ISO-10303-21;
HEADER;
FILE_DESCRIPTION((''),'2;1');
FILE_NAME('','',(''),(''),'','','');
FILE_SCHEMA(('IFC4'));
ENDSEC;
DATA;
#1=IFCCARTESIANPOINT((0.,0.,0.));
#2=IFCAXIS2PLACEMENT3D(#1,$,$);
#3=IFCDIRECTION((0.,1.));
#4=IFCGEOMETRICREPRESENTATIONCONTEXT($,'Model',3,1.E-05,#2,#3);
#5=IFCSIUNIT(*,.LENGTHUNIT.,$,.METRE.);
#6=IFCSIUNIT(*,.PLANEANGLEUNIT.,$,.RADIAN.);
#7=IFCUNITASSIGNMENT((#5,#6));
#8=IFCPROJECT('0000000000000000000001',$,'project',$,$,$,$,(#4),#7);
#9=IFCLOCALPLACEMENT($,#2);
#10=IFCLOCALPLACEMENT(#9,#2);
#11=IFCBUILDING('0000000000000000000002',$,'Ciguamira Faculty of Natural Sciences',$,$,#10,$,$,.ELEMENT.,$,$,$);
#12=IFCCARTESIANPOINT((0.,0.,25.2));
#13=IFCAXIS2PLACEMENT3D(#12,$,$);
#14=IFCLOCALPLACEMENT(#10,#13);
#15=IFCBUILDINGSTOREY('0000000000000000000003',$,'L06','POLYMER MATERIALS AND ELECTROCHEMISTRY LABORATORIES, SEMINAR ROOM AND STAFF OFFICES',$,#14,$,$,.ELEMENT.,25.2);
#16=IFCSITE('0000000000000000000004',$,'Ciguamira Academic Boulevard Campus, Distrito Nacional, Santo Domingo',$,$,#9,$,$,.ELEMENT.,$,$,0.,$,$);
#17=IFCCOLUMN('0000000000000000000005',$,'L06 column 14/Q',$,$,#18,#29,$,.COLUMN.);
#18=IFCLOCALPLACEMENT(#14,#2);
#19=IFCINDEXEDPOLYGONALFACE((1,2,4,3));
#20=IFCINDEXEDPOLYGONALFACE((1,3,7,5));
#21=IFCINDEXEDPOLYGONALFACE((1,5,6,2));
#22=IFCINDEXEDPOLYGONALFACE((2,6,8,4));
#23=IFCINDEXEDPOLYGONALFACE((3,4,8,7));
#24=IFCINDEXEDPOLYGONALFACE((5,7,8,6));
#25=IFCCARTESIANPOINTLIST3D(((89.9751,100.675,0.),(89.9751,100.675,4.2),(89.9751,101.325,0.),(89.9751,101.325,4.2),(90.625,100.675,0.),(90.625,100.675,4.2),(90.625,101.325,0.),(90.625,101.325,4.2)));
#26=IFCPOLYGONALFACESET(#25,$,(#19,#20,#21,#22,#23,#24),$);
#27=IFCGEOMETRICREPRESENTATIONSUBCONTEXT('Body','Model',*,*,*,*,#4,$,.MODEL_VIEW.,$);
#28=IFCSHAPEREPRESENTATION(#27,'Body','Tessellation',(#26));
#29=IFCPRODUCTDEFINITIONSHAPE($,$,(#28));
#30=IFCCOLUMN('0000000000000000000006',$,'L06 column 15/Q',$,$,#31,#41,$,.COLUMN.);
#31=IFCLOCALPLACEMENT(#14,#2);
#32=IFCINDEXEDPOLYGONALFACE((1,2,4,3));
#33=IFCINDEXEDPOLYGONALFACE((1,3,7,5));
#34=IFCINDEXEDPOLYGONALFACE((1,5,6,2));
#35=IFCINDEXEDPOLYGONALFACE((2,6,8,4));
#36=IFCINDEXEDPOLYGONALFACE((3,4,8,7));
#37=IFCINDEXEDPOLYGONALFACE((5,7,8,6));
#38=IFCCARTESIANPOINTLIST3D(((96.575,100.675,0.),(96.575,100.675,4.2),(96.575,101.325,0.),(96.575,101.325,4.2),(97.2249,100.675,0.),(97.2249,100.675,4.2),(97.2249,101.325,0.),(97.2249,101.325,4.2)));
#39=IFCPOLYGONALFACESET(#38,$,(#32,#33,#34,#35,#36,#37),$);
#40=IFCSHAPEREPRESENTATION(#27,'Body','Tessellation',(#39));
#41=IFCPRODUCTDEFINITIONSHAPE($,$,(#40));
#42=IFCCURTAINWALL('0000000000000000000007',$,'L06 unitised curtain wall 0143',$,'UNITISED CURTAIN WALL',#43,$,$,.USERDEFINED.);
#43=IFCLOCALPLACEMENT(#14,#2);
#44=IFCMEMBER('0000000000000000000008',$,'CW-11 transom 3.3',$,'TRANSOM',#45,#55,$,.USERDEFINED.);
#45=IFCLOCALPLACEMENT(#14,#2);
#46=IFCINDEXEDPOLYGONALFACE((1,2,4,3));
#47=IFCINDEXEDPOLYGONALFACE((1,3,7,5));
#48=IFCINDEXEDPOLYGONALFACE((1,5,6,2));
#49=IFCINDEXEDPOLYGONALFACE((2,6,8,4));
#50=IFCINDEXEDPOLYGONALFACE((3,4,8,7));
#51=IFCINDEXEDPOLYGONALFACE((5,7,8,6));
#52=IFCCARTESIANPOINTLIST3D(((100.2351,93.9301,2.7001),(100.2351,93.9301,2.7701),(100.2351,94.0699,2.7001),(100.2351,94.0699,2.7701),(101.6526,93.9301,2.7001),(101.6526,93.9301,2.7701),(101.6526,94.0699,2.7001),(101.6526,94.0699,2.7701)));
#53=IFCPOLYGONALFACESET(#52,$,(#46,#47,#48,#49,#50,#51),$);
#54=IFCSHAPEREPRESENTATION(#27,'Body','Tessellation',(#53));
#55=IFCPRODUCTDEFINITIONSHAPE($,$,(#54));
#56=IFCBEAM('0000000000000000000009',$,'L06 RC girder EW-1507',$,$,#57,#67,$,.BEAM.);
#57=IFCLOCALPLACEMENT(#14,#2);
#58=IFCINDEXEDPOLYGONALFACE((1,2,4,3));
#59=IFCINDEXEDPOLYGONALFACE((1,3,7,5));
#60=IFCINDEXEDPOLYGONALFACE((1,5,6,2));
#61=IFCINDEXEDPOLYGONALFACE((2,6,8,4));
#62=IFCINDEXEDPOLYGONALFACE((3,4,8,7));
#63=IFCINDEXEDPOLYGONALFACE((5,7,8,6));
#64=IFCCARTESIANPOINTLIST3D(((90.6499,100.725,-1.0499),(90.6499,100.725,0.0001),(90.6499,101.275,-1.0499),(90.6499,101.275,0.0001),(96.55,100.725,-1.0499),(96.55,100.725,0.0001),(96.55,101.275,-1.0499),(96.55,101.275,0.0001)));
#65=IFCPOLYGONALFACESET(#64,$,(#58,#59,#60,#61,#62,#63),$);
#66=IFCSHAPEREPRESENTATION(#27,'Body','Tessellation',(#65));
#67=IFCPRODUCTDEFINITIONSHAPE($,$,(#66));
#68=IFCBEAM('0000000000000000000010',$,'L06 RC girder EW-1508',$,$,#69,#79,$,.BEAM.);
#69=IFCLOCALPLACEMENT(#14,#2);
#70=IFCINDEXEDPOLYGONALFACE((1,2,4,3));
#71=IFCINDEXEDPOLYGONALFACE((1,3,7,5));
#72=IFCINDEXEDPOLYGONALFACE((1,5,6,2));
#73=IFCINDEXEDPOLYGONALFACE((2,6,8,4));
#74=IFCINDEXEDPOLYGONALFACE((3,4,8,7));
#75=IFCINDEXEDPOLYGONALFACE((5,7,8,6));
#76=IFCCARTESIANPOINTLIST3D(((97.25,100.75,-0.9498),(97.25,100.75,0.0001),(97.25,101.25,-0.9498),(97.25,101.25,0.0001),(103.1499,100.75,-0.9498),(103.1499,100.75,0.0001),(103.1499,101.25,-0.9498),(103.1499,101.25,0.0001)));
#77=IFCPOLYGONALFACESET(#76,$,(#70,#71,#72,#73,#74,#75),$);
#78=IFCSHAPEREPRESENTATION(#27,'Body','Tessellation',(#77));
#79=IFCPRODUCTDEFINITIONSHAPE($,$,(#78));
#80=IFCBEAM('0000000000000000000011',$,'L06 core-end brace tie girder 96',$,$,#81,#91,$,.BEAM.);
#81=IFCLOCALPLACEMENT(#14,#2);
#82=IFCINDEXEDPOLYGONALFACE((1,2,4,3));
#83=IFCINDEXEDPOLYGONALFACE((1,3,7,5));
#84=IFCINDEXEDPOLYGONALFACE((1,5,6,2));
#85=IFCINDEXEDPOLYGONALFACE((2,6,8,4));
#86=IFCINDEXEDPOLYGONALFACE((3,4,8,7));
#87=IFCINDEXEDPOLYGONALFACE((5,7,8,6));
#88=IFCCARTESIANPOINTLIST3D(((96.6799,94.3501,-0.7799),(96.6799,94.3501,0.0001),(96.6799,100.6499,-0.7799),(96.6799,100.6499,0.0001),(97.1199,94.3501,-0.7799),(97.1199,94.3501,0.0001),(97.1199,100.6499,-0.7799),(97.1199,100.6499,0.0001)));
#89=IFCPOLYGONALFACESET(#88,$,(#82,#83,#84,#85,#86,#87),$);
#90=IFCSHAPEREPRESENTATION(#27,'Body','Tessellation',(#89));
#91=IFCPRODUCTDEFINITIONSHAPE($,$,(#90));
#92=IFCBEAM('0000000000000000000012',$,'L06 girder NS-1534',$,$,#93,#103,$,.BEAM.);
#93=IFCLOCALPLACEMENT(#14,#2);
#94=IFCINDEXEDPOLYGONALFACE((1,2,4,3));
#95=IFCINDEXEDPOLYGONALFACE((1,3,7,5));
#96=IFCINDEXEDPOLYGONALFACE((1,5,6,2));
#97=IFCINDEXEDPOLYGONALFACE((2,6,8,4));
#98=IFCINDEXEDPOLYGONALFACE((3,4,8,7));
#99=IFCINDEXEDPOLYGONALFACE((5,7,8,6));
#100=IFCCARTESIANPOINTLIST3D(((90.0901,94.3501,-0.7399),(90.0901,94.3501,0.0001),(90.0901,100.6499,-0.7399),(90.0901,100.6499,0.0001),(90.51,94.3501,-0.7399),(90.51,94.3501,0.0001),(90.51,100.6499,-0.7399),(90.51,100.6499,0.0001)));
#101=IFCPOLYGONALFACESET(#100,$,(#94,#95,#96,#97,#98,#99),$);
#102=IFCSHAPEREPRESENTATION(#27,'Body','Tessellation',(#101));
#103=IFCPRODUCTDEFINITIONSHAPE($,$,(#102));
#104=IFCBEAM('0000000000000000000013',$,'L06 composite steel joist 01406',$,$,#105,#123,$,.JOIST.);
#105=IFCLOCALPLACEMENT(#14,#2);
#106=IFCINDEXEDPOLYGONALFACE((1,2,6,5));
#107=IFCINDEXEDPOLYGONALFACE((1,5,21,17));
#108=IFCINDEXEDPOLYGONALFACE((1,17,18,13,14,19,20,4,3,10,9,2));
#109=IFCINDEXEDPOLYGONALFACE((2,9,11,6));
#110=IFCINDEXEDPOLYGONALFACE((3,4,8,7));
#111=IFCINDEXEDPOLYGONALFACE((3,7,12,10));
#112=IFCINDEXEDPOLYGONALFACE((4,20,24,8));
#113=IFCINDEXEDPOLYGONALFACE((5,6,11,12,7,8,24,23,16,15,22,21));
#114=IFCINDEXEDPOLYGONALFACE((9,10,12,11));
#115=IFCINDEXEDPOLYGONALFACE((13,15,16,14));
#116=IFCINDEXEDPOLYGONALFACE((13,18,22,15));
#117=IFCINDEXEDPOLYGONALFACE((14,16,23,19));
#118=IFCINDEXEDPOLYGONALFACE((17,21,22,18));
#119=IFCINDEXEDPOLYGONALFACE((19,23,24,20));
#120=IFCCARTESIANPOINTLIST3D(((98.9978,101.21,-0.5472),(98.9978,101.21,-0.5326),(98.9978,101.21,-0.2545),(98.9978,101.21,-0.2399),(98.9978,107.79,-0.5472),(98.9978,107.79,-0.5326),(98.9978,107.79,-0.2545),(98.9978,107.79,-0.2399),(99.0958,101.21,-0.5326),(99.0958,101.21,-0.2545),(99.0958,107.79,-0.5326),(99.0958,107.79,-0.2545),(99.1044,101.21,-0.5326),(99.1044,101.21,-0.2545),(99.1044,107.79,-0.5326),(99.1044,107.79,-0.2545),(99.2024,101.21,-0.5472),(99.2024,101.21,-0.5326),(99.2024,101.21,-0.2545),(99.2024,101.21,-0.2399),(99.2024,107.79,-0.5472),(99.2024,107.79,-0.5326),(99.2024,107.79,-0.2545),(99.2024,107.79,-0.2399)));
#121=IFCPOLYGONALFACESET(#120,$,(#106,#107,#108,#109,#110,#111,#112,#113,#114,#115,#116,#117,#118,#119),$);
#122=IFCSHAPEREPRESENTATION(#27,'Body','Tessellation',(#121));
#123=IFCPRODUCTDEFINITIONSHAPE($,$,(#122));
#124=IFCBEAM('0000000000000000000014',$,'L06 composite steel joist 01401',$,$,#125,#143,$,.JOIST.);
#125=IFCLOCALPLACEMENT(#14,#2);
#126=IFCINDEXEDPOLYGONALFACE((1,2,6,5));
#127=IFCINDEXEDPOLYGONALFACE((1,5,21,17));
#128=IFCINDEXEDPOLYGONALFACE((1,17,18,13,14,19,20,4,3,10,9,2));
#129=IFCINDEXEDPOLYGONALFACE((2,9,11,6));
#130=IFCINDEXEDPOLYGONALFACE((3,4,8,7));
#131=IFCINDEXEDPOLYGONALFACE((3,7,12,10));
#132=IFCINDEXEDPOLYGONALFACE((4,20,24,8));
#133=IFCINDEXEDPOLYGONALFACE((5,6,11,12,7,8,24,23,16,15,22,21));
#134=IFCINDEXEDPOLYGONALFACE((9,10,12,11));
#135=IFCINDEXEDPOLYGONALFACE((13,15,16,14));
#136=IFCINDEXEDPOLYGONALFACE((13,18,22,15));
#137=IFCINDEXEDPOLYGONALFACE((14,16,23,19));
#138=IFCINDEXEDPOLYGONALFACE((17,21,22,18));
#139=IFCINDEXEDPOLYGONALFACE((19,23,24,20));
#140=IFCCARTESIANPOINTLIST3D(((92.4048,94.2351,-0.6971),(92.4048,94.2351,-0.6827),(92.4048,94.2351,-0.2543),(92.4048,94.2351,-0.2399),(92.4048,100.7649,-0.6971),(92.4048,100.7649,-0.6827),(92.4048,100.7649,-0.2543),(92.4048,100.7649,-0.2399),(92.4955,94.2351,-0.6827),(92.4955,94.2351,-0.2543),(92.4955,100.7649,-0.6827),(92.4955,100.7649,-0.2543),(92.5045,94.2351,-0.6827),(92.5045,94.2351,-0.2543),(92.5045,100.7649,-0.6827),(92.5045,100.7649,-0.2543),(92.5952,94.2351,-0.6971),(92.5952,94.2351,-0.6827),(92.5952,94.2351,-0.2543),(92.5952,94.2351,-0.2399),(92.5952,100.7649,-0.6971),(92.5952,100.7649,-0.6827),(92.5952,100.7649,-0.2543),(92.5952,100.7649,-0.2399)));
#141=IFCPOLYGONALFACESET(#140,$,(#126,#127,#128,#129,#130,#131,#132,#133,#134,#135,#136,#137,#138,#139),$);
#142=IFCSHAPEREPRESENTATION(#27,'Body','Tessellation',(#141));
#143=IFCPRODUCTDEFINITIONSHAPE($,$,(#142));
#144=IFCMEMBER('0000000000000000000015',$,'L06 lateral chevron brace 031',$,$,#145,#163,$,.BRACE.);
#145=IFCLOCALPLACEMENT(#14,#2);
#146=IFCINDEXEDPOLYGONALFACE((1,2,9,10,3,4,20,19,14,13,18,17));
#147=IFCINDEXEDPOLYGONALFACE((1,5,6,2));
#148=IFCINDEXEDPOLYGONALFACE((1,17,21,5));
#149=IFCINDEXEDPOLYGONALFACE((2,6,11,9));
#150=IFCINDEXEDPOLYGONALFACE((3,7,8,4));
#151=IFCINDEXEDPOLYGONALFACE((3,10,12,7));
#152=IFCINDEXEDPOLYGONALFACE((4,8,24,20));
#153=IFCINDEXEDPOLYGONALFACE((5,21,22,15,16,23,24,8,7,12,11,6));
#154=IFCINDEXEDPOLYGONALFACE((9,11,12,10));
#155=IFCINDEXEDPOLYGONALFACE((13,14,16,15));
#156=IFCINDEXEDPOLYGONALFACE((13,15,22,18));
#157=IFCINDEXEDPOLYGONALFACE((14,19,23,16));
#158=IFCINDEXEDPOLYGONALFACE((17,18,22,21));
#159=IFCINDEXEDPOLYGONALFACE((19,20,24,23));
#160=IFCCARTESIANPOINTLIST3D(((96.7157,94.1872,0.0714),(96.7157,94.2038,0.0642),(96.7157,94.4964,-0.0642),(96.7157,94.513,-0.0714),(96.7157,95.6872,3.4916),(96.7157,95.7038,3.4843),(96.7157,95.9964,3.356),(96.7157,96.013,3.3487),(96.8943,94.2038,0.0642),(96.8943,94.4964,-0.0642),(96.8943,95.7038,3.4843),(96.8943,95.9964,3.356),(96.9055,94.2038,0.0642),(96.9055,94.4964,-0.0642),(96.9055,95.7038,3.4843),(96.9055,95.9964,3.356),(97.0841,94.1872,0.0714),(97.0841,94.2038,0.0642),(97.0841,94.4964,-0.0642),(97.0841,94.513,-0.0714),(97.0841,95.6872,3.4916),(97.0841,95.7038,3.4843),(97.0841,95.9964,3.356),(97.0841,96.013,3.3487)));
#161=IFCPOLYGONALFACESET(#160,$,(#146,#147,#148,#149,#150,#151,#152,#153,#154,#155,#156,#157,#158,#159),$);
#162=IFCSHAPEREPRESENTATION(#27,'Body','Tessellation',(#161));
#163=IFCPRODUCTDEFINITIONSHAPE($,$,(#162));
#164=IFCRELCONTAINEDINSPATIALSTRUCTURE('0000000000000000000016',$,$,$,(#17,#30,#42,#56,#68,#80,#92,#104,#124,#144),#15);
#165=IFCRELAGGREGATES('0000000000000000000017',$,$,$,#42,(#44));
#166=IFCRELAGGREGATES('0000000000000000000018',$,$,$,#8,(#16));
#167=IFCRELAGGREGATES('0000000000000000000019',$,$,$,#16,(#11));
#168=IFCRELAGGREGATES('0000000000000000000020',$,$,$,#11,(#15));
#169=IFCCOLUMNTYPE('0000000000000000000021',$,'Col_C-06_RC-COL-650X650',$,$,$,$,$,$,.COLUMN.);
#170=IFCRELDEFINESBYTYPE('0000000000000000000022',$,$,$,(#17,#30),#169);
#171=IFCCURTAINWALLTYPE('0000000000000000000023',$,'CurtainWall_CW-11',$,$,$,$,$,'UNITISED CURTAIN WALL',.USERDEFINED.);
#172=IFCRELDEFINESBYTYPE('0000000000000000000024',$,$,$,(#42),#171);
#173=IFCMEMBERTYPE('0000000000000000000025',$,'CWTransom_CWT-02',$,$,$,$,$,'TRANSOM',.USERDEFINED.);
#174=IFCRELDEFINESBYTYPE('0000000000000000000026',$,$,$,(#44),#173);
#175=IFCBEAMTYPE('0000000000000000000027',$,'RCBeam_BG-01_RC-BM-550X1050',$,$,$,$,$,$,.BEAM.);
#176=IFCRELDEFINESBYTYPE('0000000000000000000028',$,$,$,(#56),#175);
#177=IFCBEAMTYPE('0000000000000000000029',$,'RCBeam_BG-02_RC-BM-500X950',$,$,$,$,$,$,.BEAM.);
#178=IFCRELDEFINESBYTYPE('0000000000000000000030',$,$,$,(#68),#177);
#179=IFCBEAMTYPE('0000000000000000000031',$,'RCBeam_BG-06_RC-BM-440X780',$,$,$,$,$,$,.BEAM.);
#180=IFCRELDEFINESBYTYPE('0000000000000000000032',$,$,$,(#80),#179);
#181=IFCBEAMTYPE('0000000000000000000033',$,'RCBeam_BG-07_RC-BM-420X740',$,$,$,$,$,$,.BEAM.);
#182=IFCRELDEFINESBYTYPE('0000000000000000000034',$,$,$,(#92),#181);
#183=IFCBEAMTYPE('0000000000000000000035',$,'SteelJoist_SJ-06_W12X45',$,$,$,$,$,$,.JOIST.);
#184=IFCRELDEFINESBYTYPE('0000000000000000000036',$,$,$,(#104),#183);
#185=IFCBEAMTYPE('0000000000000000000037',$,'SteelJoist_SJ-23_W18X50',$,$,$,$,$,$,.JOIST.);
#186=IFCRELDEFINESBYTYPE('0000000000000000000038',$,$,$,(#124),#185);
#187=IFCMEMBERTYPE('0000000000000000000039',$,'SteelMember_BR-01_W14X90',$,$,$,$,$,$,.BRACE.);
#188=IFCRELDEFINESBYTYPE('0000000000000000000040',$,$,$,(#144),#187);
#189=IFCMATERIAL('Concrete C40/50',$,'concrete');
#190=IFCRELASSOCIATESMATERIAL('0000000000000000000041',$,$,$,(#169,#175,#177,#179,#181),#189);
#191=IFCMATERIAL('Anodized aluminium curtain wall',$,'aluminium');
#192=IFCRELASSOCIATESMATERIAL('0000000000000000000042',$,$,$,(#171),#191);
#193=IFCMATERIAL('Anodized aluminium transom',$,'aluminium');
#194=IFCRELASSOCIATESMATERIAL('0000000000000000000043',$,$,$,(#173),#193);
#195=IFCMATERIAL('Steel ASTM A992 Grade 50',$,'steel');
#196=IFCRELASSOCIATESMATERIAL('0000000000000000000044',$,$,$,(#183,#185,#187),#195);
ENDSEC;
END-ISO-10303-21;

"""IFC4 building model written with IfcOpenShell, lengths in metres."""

from ifc_helpers import new_model, si_unit, direction, frame, origin, origin_2d, place, context, subcontext, project, spatial, rectangle, i_section, extrude, material, material_profile, profile_set, type_object, element, aggregate, save


model = new_model("IFC4")

# Units and contexts
model_context = context("Model", 3, precision=1e-05, world=origin(), true_north=direction((0.0, 1.0)))
body_context = subcontext(model_context, "Body", "Model", "MODEL_VIEW")
ifc_project = project(units=[si_unit("LENGTHUNIT", "METRE"), si_unit("PLANEANGLEUNIT", "RADIAN")], contexts=[model_context])

# Site, building, storey
site_placement = place(None, origin())
site = spatial("IfcSite", under=ifc_project, at=site_placement, Name="Ciguamira Academic Boulevard Campus, Distrito Nacional, Santo Domingo", CompositionType="ELEMENT", RefElevation=0.0)
building_placement = place(site_placement, origin())
building = spatial("IfcBuilding", under=site, at=building_placement, Name="Ciguamira Faculty of Natural Sciences", CompositionType="ELEMENT")
storey_placement = place(building_placement, frame((0.0, 0.0, 25.2)))
storey = spatial("IfcBuildingStorey", under=building, at=storey_placement, Name="L06", Description="POLYMER MATERIALS AND ELECTROCHEMISTRY LABORATORIES, SEMINAR ROOM AND STAFF OFFICES", CompositionType="ELEMENT", Elevation=25.2)

# Columns
ifc_material_1 = material(Name="Concrete C40/50", Category="concrete")
ifc_material_profile_1 = material_profile(ifc_material_1, rectangle(XDim=0.6499, YDim=0.6499, at=origin_2d()), Name="RC-COL-650X650")
ifc_profile_set_1 = profile_set([ifc_material_profile_1], Name="Concrete C40/50")
column_type = type_object("IfcColumnType", Name="Col_C-06_RC-COL-650X650", PredefinedType="COLUMN", material=ifc_profile_set_1)
for number, where, z_axis, x_axis, name in (
    (1, (90.3, 101.0, 0.0), (0.0, 0.0, 1.0), (1.0, 0.0, 0.0), "L06 column 14/Q"),
    (2, (96.8999, 101.0, 0.0), (0.0, 0.0, 1.0), (1.0, 0.0, 0.0), "L06 column 15/Q"),
):
    element("IfcColumn", number, at=place(storey_placement, frame(where, z_axis=z_axis, x_axis=x_axis)), inside=storey, type_object=column_type, Name=name, PredefinedType="COLUMN", context=body_context, shape_type="SweptSolid", body=[
        extrude(rectangle(XDim=0.6499, YDim=0.6499, at=origin_2d()), origin(), (0.0, 0.0, 1.0), 4.2),
    ])

# Curtain wall, member
ifc_material_2 = material(Name="Anodized aluminium curtain wall", Category="aluminium")
curtain_wall_type = type_object("IfcCurtainWallType", Name="CurtainWall_CW-11", ElementType="UNITISED CURTAIN WALL", PredefinedType="USERDEFINED", material=ifc_material_2)
curtain_wall_placement = place(storey_placement, origin())
curtain_wall = element("IfcCurtainWall", 3, at=curtain_wall_placement, inside=storey, type_object=curtain_wall_type, Name="L06 unitised curtain wall 0143", ObjectType="UNITISED CURTAIN WALL", PredefinedType="USERDEFINED")
ifc_material_3 = material(Name="Anodized aluminium transom", Category="aluminium")
ifc_material_profile_2 = material_profile(ifc_material_3, rectangle(XDim=0.0701, YDim=0.1399, at=origin_2d()), Name="ALU-TRN-70X140")
ifc_profile_set_2 = profile_set([ifc_material_profile_2], Name="Anodized aluminium transom")
member_type_1 = type_object("IfcMemberType", Name="CWTransom_CWT-02", ElementType="TRANSOM", PredefinedType="USERDEFINED", material=ifc_profile_set_2)
member_placement = place(storey_placement, frame((100.2351, 94.0, 2.7351), z_axis=(1.0, 0.0, 0.0), x_axis=(0.0, 0.0, 1.0)))
member = element("IfcMember", 4, at=member_placement, type_object=member_type_1, Name="CW-11 transom 3.3", ObjectType="TRANSOM", PredefinedType="USERDEFINED", context=body_context, shape_type="SweptSolid", body=[
    extrude(rectangle(XDim=0.0701, YDim=0.1399, at=origin_2d()), origin(), (0.0, 0.0, 1.0), 1.4175),
])
aggregate(curtain_wall, [member])

# Beams
ifc_material_profile_3 = material_profile(ifc_material_1, rectangle(XDim=0.55, YDim=1.05, at=origin_2d()), Name="RC-BM-550X1050")
ifc_profile_set_3 = profile_set([ifc_material_profile_3], Name="Concrete C40/50")
beam_type_1 = type_object("IfcBeamType", Name="RCBeam_BG-01_RC-BM-550X1050", PredefinedType="BEAM", material=ifc_profile_set_3)
beam_1_placement = place(storey_placement, frame((90.6499, 101.0, -0.5249), z_axis=(1.0, 0.0, 0.0), x_axis=(0.0, 1.0, 0.0)))
element("IfcBeam", 5, at=beam_1_placement, inside=storey, type_object=beam_type_1, Name="L06 RC girder EW-1507", PredefinedType="BEAM", context=body_context, shape_type="SweptSolid", body=[
    extrude(rectangle(XDim=0.55, YDim=1.05, at=origin_2d()), origin(), (0.0, 0.0, 1.0), 5.9001),
])
ifc_material_profile_4 = material_profile(ifc_material_1, rectangle(XDim=0.5, YDim=0.95, at=origin_2d()), Name="RC-BM-500X950")
ifc_profile_set_4 = profile_set([ifc_material_profile_4], Name="Concrete C40/50")
beam_type_2 = type_object("IfcBeamType", Name="RCBeam_BG-02_RC-BM-500X950", PredefinedType="BEAM", material=ifc_profile_set_4)
beam_2_placement = place(storey_placement, frame((97.25, 101.0, -0.4749), z_axis=(1.0, 0.0, 0.0), x_axis=(0.0, 1.0, 0.0)))
element("IfcBeam", 6, at=beam_2_placement, inside=storey, type_object=beam_type_2, Name="L06 RC girder EW-1508", PredefinedType="BEAM", context=body_context, shape_type="SweptSolid", body=[
    extrude(rectangle(XDim=0.5, YDim=0.95, at=origin_2d()), origin(), (0.0, 0.0, 1.0), 5.8999),
])
ifc_material_profile_5 = material_profile(ifc_material_1, rectangle(XDim=0.4399, YDim=0.78, at=origin_2d()), Name="RC-BM-440X780")
ifc_profile_set_5 = profile_set([ifc_material_profile_5], Name="Concrete C40/50")
beam_type_3 = type_object("IfcBeamType", Name="RCBeam_BG-06_RC-BM-440X780", PredefinedType="BEAM", material=ifc_profile_set_5)
beam_3_placement = place(storey_placement, frame((96.8999, 94.3501, -0.3899), z_axis=(0.0, 1.0, 0.0), x_axis=(-1.0, 0.0, 0.0)))
element("IfcBeam", 7, at=beam_3_placement, inside=storey, type_object=beam_type_3, Name="L06 core-end brace tie girder 96", PredefinedType="BEAM", context=body_context, shape_type="SweptSolid", body=[
    extrude(rectangle(XDim=0.4399, YDim=0.78, at=origin_2d()), origin(), (0.0, 0.0, 1.0), 6.2998),
])
ifc_material_profile_6 = material_profile(ifc_material_1, rectangle(XDim=0.4199, YDim=0.74, at=origin_2d()), Name="RC-BM-420X740")
ifc_profile_set_6 = profile_set([ifc_material_profile_6], Name="Concrete C40/50")
beam_type_4 = type_object("IfcBeamType", Name="RCBeam_BG-07_RC-BM-420X740", PredefinedType="BEAM", material=ifc_profile_set_6)
beam_4_placement = place(storey_placement, frame((90.3, 94.3501, -0.3699), z_axis=(0.0, 1.0, 0.0), x_axis=(-1.0, 0.0, 0.0)))
element("IfcBeam", 8, at=beam_4_placement, inside=storey, type_object=beam_type_4, Name="L06 girder NS-1534", PredefinedType="BEAM", context=body_context, shape_type="SweptSolid", body=[
    extrude(rectangle(XDim=0.4199, YDim=0.74, at=origin_2d()), origin(), (0.0, 0.0, 1.0), 6.2998),
])
ifc_material_4 = material(Name="Steel ASTM A992 Grade 50", Category="steel")
ifc_material_profile_7 = material_profile(ifc_material_4, i_section(OverallWidth=0.2046, OverallDepth=0.3074, WebThickness=0.0085, FlangeThickness=0.0146, at=origin_2d()), Name="W12X45")
ifc_profile_set_7 = profile_set([ifc_material_profile_7], Name="Steel ASTM A992 Grade 50")
beam_type_5 = type_object("IfcBeamType", Name="SteelJoist_SJ-06_W12X45", PredefinedType="JOIST", material=ifc_profile_set_7)
beam_5_placement = place(storey_placement, frame((99.1001, 101.21, -0.3936), z_axis=(0.0, 1.0, 0.0), x_axis=(-1.0, 0.0, 0.0)))
element("IfcBeam", 9, at=beam_5_placement, inside=storey, type_object=beam_type_5, Name="L06 composite steel joist 01406", PredefinedType="JOIST", context=body_context, shape_type="SweptSolid", body=[
    extrude(i_section(OverallWidth=0.2046, OverallDepth=0.3074, WebThickness=0.0085, FlangeThickness=0.0146, at=origin_2d()), origin(), (0.0, 0.0, 1.0), 6.5801),
])
ifc_material_profile_8 = material_profile(ifc_material_4, i_section(OverallWidth=0.1904, OverallDepth=0.4573, WebThickness=0.009, FlangeThickness=0.0144, at=origin_2d()), Name="W18X50")
ifc_profile_set_8 = profile_set([ifc_material_profile_8], Name="Steel ASTM A992 Grade 50")
beam_type_6 = type_object("IfcBeamType", Name="SteelJoist_SJ-23_W18X50", PredefinedType="JOIST", material=ifc_profile_set_8)
beam_6_placement = place(storey_placement, frame((92.5, 94.2351, -0.4685), z_axis=(0.0, 1.0, 0.0), x_axis=(-1.0, 0.0, 0.0)))
element("IfcBeam", 10, at=beam_6_placement, inside=storey, type_object=beam_type_6, Name="L06 composite steel joist 01401", PredefinedType="JOIST", context=body_context, shape_type="SweptSolid", body=[
    extrude(i_section(OverallWidth=0.1904, OverallDepth=0.4573, WebThickness=0.009, FlangeThickness=0.0144, at=origin_2d()), origin(), (0.0, 0.0, 1.0), 6.5298),
])

# Member
ifc_material_profile_9 = material_profile(ifc_material_4, i_section(OverallWidth=0.3684, OverallDepth=0.3557, WebThickness=0.0112, FlangeThickness=0.0181, at=origin_2d()), Name="W14X90")
ifc_profile_set_9 = profile_set([ifc_material_profile_9], Name="Steel ASTM A992 Grade 50")
member_type_2 = type_object("IfcMemberType", Name="SteelMember_BR-01_W14X90", PredefinedType="BRACE", material=ifc_profile_set_9)
for number, where, z_axis, x_axis, name in (
    (11, (96.8999, 94.3501, 0.0), (0.0, 0.401645, 0.915795), (-1.0, 0.0, 0.0), "L06 lateral chevron brace 031"),
):
    element("IfcMember", number, at=place(storey_placement, frame(where, z_axis=z_axis, x_axis=x_axis)), inside=storey, type_object=member_type_2, Name=name, PredefinedType="BRACE", context=body_context, shape_type="SweptSolid", body=[
        extrude(i_section(OverallWidth=0.3684, OverallDepth=0.3557, WebThickness=0.0112, FlangeThickness=0.0181, at=origin_2d()), origin(), (0.0, 0.0, 1.0), 3.7346),
    ])

save(model, "model.ifc")
